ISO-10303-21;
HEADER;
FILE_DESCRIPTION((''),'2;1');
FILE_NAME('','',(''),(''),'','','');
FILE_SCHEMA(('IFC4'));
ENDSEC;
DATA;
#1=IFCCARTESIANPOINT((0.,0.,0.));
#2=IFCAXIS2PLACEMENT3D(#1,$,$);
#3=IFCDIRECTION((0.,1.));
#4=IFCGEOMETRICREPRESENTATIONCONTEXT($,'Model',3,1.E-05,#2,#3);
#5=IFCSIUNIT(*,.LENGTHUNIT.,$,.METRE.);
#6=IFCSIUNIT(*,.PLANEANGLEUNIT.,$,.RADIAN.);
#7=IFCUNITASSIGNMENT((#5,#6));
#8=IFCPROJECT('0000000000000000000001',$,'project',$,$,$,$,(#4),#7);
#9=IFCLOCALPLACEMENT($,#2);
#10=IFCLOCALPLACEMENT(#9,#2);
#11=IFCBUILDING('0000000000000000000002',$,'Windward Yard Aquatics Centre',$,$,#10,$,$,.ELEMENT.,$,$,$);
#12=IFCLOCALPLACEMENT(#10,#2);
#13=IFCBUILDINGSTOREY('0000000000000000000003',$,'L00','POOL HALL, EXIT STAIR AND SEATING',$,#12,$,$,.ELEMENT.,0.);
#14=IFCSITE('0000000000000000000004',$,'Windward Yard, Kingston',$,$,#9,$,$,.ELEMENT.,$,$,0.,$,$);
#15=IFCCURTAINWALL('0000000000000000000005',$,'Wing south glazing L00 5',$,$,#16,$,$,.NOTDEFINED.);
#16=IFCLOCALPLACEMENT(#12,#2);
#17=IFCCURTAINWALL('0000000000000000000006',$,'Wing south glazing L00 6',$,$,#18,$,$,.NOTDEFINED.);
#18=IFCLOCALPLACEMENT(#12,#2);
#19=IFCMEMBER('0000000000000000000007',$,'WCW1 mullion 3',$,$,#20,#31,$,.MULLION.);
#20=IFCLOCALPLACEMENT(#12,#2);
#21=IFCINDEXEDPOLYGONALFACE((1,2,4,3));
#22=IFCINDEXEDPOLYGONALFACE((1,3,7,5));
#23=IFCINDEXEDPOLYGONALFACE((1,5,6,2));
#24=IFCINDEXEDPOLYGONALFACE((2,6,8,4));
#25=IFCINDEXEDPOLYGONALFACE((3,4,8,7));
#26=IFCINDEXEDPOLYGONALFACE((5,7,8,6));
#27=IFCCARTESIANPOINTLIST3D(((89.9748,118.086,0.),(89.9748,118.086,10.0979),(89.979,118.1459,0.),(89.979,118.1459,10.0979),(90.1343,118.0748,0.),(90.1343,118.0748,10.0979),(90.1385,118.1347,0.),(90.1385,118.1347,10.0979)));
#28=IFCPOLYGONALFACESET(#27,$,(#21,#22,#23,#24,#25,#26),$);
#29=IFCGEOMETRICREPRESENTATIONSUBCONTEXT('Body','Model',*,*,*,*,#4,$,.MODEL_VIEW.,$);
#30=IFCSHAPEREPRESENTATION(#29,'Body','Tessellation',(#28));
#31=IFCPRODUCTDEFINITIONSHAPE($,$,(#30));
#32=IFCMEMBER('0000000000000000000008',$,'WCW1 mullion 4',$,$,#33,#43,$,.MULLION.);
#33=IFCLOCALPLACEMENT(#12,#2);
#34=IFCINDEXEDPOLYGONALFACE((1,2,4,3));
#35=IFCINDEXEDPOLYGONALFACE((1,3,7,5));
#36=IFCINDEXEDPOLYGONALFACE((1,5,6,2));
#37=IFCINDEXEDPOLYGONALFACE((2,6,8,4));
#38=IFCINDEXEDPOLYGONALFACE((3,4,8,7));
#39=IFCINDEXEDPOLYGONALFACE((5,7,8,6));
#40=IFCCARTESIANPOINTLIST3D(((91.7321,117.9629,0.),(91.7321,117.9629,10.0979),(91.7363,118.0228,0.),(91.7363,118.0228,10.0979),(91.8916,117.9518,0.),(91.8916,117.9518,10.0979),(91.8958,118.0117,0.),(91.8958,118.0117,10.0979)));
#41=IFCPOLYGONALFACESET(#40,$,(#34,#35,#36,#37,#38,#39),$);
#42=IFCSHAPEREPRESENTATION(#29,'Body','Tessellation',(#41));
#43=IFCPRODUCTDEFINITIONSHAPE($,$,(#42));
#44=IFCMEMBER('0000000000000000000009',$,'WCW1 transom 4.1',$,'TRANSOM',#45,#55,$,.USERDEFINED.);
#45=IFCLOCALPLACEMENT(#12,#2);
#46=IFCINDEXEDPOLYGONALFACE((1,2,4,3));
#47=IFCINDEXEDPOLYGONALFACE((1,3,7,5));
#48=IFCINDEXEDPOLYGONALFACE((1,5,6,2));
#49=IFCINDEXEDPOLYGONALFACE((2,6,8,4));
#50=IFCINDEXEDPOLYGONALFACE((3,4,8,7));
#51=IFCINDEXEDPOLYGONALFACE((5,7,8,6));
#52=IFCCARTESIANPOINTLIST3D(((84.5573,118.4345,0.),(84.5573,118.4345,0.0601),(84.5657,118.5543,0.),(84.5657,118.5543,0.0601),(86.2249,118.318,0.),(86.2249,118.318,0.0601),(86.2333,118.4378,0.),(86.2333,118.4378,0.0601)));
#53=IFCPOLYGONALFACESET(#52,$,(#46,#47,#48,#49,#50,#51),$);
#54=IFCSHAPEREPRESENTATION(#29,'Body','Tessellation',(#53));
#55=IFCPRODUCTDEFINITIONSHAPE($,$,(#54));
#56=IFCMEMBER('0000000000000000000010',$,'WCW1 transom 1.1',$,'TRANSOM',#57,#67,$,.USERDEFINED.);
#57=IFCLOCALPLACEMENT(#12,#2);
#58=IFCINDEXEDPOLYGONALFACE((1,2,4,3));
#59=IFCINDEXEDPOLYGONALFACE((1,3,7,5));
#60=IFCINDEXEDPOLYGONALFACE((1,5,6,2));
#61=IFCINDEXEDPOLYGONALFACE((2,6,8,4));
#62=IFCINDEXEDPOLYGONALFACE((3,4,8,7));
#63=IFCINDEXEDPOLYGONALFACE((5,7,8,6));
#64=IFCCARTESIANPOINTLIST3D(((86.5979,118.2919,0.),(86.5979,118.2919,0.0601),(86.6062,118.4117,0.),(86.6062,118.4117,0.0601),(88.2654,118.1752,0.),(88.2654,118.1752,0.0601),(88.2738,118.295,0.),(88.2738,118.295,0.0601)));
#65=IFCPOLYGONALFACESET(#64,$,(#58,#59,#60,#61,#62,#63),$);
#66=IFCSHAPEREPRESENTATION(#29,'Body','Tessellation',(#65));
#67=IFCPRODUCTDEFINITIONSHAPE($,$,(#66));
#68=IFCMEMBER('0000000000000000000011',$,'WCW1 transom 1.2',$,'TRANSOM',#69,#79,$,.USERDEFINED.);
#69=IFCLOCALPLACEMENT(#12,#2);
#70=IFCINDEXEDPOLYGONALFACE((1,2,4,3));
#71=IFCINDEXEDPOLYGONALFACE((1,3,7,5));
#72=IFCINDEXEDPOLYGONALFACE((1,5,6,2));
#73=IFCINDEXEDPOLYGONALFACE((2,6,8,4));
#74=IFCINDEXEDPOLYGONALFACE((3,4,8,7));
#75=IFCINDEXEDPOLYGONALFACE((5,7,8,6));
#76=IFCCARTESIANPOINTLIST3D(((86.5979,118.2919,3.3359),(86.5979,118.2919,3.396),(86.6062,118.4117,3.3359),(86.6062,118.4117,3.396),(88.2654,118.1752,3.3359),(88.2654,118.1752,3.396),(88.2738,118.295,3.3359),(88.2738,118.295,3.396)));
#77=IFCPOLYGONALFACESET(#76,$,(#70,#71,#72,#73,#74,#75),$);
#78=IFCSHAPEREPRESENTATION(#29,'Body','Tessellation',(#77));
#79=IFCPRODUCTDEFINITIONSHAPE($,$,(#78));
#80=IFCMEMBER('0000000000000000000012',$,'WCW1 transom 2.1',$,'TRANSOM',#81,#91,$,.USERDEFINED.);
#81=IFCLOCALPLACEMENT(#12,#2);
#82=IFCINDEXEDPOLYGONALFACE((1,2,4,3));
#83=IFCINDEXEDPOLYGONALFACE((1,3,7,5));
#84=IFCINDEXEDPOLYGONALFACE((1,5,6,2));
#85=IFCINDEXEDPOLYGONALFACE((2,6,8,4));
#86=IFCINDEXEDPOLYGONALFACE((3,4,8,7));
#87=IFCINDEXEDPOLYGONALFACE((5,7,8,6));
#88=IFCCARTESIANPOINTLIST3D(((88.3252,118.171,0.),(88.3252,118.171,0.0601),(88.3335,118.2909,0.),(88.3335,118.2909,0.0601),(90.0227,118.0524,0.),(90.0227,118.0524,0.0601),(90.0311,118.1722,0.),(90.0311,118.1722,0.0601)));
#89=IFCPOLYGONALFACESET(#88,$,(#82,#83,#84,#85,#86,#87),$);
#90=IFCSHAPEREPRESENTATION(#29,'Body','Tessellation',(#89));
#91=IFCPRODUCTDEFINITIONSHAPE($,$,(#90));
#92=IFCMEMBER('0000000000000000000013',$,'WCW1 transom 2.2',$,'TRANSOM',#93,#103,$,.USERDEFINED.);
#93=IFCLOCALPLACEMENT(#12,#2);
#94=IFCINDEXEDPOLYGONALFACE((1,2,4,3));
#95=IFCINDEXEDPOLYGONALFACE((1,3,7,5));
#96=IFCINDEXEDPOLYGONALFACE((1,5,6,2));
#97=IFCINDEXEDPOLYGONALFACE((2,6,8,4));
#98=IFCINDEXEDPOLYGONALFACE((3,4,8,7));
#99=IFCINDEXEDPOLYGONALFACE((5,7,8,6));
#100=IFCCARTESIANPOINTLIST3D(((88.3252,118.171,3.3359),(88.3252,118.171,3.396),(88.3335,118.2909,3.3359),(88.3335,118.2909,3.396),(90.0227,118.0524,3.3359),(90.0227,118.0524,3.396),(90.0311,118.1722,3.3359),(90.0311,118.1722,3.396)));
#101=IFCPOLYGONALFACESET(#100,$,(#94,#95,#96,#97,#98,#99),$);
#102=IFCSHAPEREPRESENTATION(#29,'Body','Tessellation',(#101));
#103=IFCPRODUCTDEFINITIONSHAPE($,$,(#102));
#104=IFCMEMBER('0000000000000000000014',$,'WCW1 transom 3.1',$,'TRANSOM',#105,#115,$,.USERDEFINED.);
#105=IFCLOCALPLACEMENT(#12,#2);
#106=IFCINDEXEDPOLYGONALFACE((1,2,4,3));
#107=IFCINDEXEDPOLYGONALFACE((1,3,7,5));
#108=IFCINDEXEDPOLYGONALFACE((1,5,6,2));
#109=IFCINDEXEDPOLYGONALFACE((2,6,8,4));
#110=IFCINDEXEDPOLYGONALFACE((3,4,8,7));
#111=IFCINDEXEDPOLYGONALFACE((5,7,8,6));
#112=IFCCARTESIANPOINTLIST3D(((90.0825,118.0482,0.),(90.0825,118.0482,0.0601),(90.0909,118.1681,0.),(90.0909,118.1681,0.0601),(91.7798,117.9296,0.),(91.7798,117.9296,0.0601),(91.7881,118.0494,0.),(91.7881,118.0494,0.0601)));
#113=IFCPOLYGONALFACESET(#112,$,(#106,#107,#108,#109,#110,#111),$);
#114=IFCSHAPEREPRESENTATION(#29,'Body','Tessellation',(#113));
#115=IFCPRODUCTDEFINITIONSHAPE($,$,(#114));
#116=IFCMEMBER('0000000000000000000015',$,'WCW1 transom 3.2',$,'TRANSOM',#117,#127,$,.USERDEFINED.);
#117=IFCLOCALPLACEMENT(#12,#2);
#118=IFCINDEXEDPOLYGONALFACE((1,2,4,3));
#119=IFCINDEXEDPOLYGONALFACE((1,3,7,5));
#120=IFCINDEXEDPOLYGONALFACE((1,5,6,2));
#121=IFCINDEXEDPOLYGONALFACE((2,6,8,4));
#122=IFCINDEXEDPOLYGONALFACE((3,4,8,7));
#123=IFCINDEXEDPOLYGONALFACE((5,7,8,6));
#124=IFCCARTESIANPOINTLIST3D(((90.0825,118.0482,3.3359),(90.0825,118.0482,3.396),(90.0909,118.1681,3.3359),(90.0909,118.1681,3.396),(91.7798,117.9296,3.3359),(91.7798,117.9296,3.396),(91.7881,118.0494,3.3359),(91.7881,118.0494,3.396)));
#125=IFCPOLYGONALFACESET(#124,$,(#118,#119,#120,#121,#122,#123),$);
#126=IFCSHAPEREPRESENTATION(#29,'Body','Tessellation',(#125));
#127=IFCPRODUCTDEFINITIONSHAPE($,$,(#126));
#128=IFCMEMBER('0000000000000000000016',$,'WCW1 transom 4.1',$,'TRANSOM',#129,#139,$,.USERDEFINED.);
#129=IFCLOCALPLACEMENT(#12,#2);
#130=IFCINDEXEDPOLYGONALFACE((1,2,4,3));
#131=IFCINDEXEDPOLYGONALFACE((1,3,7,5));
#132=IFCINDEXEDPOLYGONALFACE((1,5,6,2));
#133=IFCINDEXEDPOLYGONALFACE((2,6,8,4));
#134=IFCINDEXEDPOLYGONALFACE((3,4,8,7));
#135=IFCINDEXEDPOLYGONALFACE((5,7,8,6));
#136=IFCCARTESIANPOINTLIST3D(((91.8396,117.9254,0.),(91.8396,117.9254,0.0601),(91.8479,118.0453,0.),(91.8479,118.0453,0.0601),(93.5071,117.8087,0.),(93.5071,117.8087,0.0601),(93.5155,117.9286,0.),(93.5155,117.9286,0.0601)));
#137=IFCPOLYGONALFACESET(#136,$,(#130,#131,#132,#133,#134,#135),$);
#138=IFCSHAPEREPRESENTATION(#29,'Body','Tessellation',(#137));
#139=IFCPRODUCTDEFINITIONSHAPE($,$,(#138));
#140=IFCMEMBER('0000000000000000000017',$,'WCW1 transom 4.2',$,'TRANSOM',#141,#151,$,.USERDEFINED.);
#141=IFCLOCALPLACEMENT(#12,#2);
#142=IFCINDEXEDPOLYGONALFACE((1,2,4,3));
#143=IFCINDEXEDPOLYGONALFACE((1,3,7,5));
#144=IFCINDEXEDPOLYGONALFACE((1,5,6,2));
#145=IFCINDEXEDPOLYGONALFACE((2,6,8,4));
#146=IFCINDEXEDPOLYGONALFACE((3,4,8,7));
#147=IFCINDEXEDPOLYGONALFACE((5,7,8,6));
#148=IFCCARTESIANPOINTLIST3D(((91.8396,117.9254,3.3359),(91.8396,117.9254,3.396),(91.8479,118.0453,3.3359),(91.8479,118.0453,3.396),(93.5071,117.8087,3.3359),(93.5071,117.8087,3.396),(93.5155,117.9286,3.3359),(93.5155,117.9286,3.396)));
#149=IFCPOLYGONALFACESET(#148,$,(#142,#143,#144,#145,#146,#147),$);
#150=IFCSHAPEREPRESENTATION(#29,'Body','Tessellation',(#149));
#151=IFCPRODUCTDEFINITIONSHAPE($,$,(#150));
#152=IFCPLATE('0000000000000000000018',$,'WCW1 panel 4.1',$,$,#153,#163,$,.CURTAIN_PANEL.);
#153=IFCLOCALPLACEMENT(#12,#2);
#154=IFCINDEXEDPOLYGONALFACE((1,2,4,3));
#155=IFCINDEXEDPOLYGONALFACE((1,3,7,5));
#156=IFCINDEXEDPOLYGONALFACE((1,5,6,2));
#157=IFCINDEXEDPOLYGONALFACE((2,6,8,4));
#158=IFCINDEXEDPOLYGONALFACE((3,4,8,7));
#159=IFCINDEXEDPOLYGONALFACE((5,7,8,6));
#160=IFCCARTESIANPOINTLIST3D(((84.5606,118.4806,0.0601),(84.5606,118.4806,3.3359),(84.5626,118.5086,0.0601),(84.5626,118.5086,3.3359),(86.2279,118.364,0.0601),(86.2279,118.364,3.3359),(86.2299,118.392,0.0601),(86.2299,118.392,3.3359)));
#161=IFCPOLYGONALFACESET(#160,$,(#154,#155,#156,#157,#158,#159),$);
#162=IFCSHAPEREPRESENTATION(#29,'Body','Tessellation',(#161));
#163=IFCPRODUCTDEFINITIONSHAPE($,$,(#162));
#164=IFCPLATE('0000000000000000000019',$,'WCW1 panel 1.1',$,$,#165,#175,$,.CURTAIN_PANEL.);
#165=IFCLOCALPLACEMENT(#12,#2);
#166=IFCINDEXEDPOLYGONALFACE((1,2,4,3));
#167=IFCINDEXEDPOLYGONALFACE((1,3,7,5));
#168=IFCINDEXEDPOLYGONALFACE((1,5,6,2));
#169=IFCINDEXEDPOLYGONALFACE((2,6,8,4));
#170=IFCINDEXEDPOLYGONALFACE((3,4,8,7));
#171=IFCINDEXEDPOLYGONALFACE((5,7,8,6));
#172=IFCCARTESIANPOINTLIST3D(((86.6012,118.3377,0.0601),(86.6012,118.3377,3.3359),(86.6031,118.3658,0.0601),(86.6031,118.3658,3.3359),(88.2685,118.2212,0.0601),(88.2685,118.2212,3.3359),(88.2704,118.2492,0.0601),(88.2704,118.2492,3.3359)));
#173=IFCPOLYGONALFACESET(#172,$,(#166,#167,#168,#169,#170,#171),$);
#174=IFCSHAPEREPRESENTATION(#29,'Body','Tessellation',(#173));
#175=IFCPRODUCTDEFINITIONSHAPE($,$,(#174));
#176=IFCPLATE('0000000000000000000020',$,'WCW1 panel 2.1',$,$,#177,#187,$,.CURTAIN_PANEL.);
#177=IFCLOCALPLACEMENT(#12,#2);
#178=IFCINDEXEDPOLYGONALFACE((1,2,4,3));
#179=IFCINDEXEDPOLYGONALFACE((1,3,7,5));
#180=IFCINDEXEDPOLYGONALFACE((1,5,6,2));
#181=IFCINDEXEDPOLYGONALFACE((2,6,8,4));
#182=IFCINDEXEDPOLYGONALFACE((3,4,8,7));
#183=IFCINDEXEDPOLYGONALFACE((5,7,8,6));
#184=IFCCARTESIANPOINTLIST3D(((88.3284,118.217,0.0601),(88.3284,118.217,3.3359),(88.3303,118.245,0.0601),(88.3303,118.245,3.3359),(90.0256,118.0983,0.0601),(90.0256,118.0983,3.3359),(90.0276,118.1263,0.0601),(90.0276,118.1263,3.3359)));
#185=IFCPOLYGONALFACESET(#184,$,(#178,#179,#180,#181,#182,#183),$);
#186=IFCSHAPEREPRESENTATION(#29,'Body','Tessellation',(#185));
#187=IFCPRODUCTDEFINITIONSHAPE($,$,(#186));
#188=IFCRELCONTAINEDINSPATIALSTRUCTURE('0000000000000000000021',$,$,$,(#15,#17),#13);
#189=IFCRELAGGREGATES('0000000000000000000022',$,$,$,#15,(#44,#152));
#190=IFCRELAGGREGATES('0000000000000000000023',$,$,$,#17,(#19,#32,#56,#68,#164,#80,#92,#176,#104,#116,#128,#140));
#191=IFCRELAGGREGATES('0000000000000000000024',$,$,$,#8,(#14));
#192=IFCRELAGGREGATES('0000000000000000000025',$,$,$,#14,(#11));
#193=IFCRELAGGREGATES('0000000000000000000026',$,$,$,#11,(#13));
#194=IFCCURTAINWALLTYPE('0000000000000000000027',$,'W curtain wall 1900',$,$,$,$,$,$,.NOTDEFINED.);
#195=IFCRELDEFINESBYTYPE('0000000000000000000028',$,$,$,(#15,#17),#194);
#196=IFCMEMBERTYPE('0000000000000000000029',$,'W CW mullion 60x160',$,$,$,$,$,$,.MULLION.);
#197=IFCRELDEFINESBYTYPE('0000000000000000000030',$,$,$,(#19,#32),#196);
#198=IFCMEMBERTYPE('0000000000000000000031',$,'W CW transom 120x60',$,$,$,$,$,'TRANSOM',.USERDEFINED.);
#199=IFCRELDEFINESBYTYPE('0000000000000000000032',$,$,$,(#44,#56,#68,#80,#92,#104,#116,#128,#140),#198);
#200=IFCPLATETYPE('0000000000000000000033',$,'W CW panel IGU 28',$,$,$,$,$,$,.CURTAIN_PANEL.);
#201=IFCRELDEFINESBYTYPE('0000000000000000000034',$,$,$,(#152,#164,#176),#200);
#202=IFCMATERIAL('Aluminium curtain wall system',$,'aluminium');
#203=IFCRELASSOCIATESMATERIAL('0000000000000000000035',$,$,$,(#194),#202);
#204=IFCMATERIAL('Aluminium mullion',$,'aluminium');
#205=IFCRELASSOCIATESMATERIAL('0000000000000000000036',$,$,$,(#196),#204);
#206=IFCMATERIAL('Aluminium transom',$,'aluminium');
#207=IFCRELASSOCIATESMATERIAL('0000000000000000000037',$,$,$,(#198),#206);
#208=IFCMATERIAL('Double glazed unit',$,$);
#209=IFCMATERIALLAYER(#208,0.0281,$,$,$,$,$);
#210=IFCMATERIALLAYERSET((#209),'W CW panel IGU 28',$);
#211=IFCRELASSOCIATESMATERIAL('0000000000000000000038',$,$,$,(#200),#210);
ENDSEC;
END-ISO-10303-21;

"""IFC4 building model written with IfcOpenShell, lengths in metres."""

from ifc_helpers import new_model, si_unit, direction, frame, origin, origin_2d, place, context, subcontext, project, spatial, rectangle, extrude, material, layer, layer_set, material_profile, profile_set, type_object, element, aggregate, save


model = new_model("IFC4")

# Units and contexts
model_context = context("Model", 3, precision=1e-05, world=origin(), true_north=direction((0.0, 1.0)))
body_context = subcontext(model_context, "Body", "Model", "MODEL_VIEW")
ifc_project = project(units=[si_unit("LENGTHUNIT", "METRE"), si_unit("PLANEANGLEUNIT", "RADIAN")], contexts=[model_context])

# Site, building, storey
site_placement = place(None, origin())
site = spatial("IfcSite", under=ifc_project, at=site_placement, Name="Windward Yard, Kingston", CompositionType="ELEMENT", RefElevation=0.0)
building_placement = place(site_placement, origin())
building = spatial("IfcBuilding", under=site, at=building_placement, Name="Windward Yard Aquatics Centre", CompositionType="ELEMENT")
storey_placement = place(building_placement, origin())
storey = spatial("IfcBuildingStorey", under=building, at=storey_placement, Name="L00", Description="POOL HALL, EXIT STAIR AND SEATING", CompositionType="ELEMENT", Elevation=0.0)

# Curtain walls, members
ifc_material_1 = material(Name="Aluminium curtain wall system", Category="aluminium")
curtain_wall_type = type_object("IfcCurtainWallType", Name="W curtain wall 1900", PredefinedType="NOTDEFINED", material=ifc_material_1)
curtain_wall_1_placement = place(storey_placement, origin())
curtain_wall_1 = element("IfcCurtainWall", 1, at=curtain_wall_1_placement, inside=storey, type_object=curtain_wall_type, Name="Wing south glazing L00 5", PredefinedType="NOTDEFINED")
ifc_material_2 = material(Name="Aluminium mullion", Category="aluminium")
ifc_material_profile_1 = material_profile(ifc_material_2, rectangle(XDim=0.0601, YDim=0.1599, at=origin_2d()), Name="AL 60x160")
ifc_profile_set_1 = profile_set([ifc_material_profile_1], Name="Aluminium mullion")
member_type_1 = type_object("IfcMemberType", Name="W CW mullion 60x160", PredefinedType="MULLION", material=ifc_profile_set_1)
curtain_wall_2_placement = place(storey_placement, origin())
curtain_wall_2 = element("IfcCurtainWall", 2, at=curtain_wall_2_placement, inside=storey, type_object=curtain_wall_type, Name="Wing south glazing L00 6", PredefinedType="NOTDEFINED")
member_1_placement = place(storey_placement, frame((90.0566, 118.1104, 0.0), z_axis=(0.0, 0.0, 1.0), x_axis=(0.069756, 0.997564, 0.0)))
member_1 = element("IfcMember", 3, at=member_1_placement, type_object=member_type_1, Name="WCW1 mullion 3", PredefinedType="MULLION", context=body_context, shape_type="SweptSolid", body=[
    extrude(rectangle(XDim=0.0601, YDim=0.1599, at=origin_2d()), origin(), (0.0, 0.0, 1.0), 10.0979),
])
member_2_placement = place(storey_placement, frame((91.814, 117.9873, 0.0), z_axis=(0.0, 0.0, 1.0), x_axis=(0.069756, 0.997564, 0.0)))
member_2 = element("IfcMember", 4, at=member_2_placement, type_object=member_type_1, Name="WCW1 mullion 4", PredefinedType="MULLION", context=body_context, shape_type="SweptSolid", body=[
    extrude(rectangle(XDim=0.0601, YDim=0.1599, at=origin_2d()), origin(), (0.0, 0.0, 1.0), 10.0979),
])

# Members
ifc_material_3 = material(Name="Aluminium transom", Category="aluminium")
ifc_material_profile_2 = material_profile(ifc_material_3, rectangle(XDim=0.1201, YDim=0.0601, at=origin_2d()), Name="AL 120x60")
ifc_profile_set_2 = profile_set([ifc_material_profile_2], Name="Aluminium transom")
member_type_2 = type_object("IfcMemberType", Name="W CW transom 120x60", ElementType="TRANSOM", PredefinedType="USERDEFINED", material=ifc_profile_set_2)
member_3_placement = place(storey_placement, frame((84.5615, 118.4944, 0.03), z_axis=(0.99757, -0.069669, 0.0), x_axis=(0.069669, 0.99757, 0.0)))
member_3 = element("IfcMember", 5, at=member_3_placement, type_object=member_type_2, Name="WCW1 transom 4.1", ObjectType="TRANSOM", PredefinedType="USERDEFINED", context=body_context, shape_type="SweptSolid", body=[
    extrude(rectangle(XDim=0.1201, YDim=0.0601, at=origin_2d()), origin(), (0.0, 0.0, 1.0), 1.6716),
])
member_4_placement = place(storey_placement, frame((86.6021, 118.3518, 0.03), z_axis=(0.99756, -0.069815, 0.0), x_axis=(0.069815, 0.99756, 0.0)))
member_4 = element("IfcMember", 6, at=member_4_placement, type_object=member_type_2, Name="WCW1 transom 1.1", ObjectType="TRANSOM", PredefinedType="USERDEFINED", context=body_context, shape_type="SweptSolid", body=[
    extrude(rectangle(XDim=0.1201, YDim=0.0601, at=origin_2d()), origin(), (0.0, 0.0, 1.0), 1.6716),
])
member_5_placement = place(storey_placement, frame((86.6021, 118.3518, 3.366), z_axis=(0.99756, -0.069815, 0.0), x_axis=(0.069815, 0.99756, 0.0)))
member_5 = element("IfcMember", 7, at=member_5_placement, type_object=member_type_2, Name="WCW1 transom 1.2", ObjectType="TRANSOM", PredefinedType="USERDEFINED", context=body_context, shape_type="SweptSolid", body=[
    extrude(rectangle(XDim=0.1201, YDim=0.0601, at=origin_2d()), origin(), (0.0, 0.0, 1.0), 1.6716),
])
member_6_placement = place(storey_placement, frame((88.3293, 118.231, 0.03), z_axis=(0.997566, -0.069728, 0.0), x_axis=(0.069728, 0.997566, 0.0)))
member_6 = element("IfcMember", 8, at=member_6_placement, type_object=member_type_2, Name="WCW1 transom 2.1", ObjectType="TRANSOM", PredefinedType="USERDEFINED", context=body_context, shape_type="SweptSolid", body=[
    extrude(rectangle(XDim=0.1201, YDim=0.0601, at=origin_2d()), origin(), (0.0, 0.0, 1.0), 1.7017),
])
member_7_placement = place(storey_placement, frame((88.3293, 118.231, 3.366), z_axis=(0.997566, -0.069728, 0.0), x_axis=(0.069728, 0.997566, 0.0)))
member_7 = element("IfcMember", 9, at=member_7_placement, type_object=member_type_2, Name="WCW1 transom 2.2", ObjectType="TRANSOM", PredefinedType="USERDEFINED", context=body_context, shape_type="SweptSolid", body=[
    extrude(rectangle(XDim=0.1201, YDim=0.0601, at=origin_2d()), origin(), (0.0, 0.0, 1.0), 1.7017),
])
member_8_placement = place(storey_placement, frame((90.0867, 118.1082, 0.03), z_axis=(0.997565, -0.069738, 0.0), x_axis=(0.069738, 0.997565, 0.0)))
member_8 = element("IfcMember", 10, at=member_8_placement, type_object=member_type_2, Name="WCW1 transom 3.1", ObjectType="TRANSOM", PredefinedType="USERDEFINED", context=body_context, shape_type="SweptSolid", body=[
    extrude(rectangle(XDim=0.1201, YDim=0.0601, at=origin_2d()), origin(), (0.0, 0.0, 1.0), 1.7014),
])
member_9_placement = place(storey_placement, frame((90.0867, 118.1082, 3.366), z_axis=(0.997565, -0.069738, 0.0), x_axis=(0.069738, 0.997565, 0.0)))
member_9 = element("IfcMember", 11, at=member_9_placement, type_object=member_type_2, Name="WCW1 transom 3.2", ObjectType="TRANSOM", PredefinedType="USERDEFINED", context=body_context, shape_type="SweptSolid", body=[
    extrude(rectangle(XDim=0.1201, YDim=0.0601, at=origin_2d()), origin(), (0.0, 0.0, 1.0), 1.7014),
])
member_10_placement = place(storey_placement, frame((91.8438, 117.9854, 0.03), z_axis=(0.99756, -0.069815, 0.0), x_axis=(0.069815, 0.99756, 0.0)))
member_10 = element("IfcMember", 12, at=member_10_placement, type_object=member_type_2, Name="WCW1 transom 4.1", ObjectType="TRANSOM", PredefinedType="USERDEFINED", context=body_context, shape_type="SweptSolid", body=[
    extrude(rectangle(XDim=0.1201, YDim=0.0601, at=origin_2d()), origin(), (0.0, 0.0, 1.0), 1.6716),
])
member_11_placement = place(storey_placement, frame((91.8438, 117.9854, 3.366), z_axis=(0.99756, -0.069815, 0.0), x_axis=(0.069815, 0.99756, 0.0)))
member_11 = element("IfcMember", 13, at=member_11_placement, type_object=member_type_2, Name="WCW1 transom 4.2", ObjectType="TRANSOM", PredefinedType="USERDEFINED", context=body_context, shape_type="SweptSolid", body=[
    extrude(rectangle(XDim=0.1201, YDim=0.0601, at=origin_2d()), origin(), (0.0, 0.0, 1.0), 1.6716),
])

# Plates
ifc_material_4 = material(Name="Double glazed unit")
ifc_layer = layer(ifc_material_4, 0.0281)
ifc_layer_set = layer_set([ifc_layer], Name="W CW panel IGU 28")
plate_type = type_object("IfcPlateType", Name="W CW panel IGU 28", PredefinedType="CURTAIN_PANEL", material=ifc_layer_set)
plate_1_placement = place(storey_placement, frame((85.3953, 118.4363, 0.0601), z_axis=(0.0, 0.0, 1.0), x_axis=(0.997564, -0.069756, 0.0)))
plate_1 = element("IfcPlate", 14, at=plate_1_placement, type_object=plate_type, Name="WCW1 panel 4.1", PredefinedType="CURTAIN_PANEL", context=body_context, shape_type="SweptSolid", body=[
    extrude(rectangle(XDim=1.6714, YDim=0.0281, at=origin_2d()), origin(), (0.0, 0.0, 1.0), 3.2759),
])
aggregate(curtain_wall_1, [member_3, plate_1])
plate_2_placement = place(storey_placement, frame((87.4358, 118.2935, 0.0601), z_axis=(0.0, 0.0, 1.0), x_axis=(0.997564, -0.069756, 0.0)))
plate_2 = element("IfcPlate", 15, at=plate_2_placement, type_object=plate_type, Name="WCW1 panel 1.1", PredefinedType="CURTAIN_PANEL", context=body_context, shape_type="SweptSolid", body=[
    extrude(rectangle(XDim=1.6714, YDim=0.0281, at=origin_2d()), origin(), (0.0, 0.0, 1.0), 3.2759),
])
plate_3_placement = place(storey_placement, frame((89.178, 118.1716, 0.0601), z_axis=(0.0, 0.0, 1.0), x_axis=(0.997564, -0.069756, 0.0)))
plate_3 = element("IfcPlate", 16, at=plate_3_placement, type_object=plate_type, Name="WCW1 panel 2.1", PredefinedType="CURTAIN_PANEL", context=body_context, shape_type="SweptSolid", body=[
    extrude(rectangle(XDim=1.7014, YDim=0.0281, at=origin_2d()), origin(), (0.0, 0.0, 1.0), 3.2759),
])
aggregate(curtain_wall_2, [member_1, member_2, member_4, member_5, plate_2, member_6, member_7, plate_3, member_8, member_9, member_10, member_11])

save(model, "model.ifc")
